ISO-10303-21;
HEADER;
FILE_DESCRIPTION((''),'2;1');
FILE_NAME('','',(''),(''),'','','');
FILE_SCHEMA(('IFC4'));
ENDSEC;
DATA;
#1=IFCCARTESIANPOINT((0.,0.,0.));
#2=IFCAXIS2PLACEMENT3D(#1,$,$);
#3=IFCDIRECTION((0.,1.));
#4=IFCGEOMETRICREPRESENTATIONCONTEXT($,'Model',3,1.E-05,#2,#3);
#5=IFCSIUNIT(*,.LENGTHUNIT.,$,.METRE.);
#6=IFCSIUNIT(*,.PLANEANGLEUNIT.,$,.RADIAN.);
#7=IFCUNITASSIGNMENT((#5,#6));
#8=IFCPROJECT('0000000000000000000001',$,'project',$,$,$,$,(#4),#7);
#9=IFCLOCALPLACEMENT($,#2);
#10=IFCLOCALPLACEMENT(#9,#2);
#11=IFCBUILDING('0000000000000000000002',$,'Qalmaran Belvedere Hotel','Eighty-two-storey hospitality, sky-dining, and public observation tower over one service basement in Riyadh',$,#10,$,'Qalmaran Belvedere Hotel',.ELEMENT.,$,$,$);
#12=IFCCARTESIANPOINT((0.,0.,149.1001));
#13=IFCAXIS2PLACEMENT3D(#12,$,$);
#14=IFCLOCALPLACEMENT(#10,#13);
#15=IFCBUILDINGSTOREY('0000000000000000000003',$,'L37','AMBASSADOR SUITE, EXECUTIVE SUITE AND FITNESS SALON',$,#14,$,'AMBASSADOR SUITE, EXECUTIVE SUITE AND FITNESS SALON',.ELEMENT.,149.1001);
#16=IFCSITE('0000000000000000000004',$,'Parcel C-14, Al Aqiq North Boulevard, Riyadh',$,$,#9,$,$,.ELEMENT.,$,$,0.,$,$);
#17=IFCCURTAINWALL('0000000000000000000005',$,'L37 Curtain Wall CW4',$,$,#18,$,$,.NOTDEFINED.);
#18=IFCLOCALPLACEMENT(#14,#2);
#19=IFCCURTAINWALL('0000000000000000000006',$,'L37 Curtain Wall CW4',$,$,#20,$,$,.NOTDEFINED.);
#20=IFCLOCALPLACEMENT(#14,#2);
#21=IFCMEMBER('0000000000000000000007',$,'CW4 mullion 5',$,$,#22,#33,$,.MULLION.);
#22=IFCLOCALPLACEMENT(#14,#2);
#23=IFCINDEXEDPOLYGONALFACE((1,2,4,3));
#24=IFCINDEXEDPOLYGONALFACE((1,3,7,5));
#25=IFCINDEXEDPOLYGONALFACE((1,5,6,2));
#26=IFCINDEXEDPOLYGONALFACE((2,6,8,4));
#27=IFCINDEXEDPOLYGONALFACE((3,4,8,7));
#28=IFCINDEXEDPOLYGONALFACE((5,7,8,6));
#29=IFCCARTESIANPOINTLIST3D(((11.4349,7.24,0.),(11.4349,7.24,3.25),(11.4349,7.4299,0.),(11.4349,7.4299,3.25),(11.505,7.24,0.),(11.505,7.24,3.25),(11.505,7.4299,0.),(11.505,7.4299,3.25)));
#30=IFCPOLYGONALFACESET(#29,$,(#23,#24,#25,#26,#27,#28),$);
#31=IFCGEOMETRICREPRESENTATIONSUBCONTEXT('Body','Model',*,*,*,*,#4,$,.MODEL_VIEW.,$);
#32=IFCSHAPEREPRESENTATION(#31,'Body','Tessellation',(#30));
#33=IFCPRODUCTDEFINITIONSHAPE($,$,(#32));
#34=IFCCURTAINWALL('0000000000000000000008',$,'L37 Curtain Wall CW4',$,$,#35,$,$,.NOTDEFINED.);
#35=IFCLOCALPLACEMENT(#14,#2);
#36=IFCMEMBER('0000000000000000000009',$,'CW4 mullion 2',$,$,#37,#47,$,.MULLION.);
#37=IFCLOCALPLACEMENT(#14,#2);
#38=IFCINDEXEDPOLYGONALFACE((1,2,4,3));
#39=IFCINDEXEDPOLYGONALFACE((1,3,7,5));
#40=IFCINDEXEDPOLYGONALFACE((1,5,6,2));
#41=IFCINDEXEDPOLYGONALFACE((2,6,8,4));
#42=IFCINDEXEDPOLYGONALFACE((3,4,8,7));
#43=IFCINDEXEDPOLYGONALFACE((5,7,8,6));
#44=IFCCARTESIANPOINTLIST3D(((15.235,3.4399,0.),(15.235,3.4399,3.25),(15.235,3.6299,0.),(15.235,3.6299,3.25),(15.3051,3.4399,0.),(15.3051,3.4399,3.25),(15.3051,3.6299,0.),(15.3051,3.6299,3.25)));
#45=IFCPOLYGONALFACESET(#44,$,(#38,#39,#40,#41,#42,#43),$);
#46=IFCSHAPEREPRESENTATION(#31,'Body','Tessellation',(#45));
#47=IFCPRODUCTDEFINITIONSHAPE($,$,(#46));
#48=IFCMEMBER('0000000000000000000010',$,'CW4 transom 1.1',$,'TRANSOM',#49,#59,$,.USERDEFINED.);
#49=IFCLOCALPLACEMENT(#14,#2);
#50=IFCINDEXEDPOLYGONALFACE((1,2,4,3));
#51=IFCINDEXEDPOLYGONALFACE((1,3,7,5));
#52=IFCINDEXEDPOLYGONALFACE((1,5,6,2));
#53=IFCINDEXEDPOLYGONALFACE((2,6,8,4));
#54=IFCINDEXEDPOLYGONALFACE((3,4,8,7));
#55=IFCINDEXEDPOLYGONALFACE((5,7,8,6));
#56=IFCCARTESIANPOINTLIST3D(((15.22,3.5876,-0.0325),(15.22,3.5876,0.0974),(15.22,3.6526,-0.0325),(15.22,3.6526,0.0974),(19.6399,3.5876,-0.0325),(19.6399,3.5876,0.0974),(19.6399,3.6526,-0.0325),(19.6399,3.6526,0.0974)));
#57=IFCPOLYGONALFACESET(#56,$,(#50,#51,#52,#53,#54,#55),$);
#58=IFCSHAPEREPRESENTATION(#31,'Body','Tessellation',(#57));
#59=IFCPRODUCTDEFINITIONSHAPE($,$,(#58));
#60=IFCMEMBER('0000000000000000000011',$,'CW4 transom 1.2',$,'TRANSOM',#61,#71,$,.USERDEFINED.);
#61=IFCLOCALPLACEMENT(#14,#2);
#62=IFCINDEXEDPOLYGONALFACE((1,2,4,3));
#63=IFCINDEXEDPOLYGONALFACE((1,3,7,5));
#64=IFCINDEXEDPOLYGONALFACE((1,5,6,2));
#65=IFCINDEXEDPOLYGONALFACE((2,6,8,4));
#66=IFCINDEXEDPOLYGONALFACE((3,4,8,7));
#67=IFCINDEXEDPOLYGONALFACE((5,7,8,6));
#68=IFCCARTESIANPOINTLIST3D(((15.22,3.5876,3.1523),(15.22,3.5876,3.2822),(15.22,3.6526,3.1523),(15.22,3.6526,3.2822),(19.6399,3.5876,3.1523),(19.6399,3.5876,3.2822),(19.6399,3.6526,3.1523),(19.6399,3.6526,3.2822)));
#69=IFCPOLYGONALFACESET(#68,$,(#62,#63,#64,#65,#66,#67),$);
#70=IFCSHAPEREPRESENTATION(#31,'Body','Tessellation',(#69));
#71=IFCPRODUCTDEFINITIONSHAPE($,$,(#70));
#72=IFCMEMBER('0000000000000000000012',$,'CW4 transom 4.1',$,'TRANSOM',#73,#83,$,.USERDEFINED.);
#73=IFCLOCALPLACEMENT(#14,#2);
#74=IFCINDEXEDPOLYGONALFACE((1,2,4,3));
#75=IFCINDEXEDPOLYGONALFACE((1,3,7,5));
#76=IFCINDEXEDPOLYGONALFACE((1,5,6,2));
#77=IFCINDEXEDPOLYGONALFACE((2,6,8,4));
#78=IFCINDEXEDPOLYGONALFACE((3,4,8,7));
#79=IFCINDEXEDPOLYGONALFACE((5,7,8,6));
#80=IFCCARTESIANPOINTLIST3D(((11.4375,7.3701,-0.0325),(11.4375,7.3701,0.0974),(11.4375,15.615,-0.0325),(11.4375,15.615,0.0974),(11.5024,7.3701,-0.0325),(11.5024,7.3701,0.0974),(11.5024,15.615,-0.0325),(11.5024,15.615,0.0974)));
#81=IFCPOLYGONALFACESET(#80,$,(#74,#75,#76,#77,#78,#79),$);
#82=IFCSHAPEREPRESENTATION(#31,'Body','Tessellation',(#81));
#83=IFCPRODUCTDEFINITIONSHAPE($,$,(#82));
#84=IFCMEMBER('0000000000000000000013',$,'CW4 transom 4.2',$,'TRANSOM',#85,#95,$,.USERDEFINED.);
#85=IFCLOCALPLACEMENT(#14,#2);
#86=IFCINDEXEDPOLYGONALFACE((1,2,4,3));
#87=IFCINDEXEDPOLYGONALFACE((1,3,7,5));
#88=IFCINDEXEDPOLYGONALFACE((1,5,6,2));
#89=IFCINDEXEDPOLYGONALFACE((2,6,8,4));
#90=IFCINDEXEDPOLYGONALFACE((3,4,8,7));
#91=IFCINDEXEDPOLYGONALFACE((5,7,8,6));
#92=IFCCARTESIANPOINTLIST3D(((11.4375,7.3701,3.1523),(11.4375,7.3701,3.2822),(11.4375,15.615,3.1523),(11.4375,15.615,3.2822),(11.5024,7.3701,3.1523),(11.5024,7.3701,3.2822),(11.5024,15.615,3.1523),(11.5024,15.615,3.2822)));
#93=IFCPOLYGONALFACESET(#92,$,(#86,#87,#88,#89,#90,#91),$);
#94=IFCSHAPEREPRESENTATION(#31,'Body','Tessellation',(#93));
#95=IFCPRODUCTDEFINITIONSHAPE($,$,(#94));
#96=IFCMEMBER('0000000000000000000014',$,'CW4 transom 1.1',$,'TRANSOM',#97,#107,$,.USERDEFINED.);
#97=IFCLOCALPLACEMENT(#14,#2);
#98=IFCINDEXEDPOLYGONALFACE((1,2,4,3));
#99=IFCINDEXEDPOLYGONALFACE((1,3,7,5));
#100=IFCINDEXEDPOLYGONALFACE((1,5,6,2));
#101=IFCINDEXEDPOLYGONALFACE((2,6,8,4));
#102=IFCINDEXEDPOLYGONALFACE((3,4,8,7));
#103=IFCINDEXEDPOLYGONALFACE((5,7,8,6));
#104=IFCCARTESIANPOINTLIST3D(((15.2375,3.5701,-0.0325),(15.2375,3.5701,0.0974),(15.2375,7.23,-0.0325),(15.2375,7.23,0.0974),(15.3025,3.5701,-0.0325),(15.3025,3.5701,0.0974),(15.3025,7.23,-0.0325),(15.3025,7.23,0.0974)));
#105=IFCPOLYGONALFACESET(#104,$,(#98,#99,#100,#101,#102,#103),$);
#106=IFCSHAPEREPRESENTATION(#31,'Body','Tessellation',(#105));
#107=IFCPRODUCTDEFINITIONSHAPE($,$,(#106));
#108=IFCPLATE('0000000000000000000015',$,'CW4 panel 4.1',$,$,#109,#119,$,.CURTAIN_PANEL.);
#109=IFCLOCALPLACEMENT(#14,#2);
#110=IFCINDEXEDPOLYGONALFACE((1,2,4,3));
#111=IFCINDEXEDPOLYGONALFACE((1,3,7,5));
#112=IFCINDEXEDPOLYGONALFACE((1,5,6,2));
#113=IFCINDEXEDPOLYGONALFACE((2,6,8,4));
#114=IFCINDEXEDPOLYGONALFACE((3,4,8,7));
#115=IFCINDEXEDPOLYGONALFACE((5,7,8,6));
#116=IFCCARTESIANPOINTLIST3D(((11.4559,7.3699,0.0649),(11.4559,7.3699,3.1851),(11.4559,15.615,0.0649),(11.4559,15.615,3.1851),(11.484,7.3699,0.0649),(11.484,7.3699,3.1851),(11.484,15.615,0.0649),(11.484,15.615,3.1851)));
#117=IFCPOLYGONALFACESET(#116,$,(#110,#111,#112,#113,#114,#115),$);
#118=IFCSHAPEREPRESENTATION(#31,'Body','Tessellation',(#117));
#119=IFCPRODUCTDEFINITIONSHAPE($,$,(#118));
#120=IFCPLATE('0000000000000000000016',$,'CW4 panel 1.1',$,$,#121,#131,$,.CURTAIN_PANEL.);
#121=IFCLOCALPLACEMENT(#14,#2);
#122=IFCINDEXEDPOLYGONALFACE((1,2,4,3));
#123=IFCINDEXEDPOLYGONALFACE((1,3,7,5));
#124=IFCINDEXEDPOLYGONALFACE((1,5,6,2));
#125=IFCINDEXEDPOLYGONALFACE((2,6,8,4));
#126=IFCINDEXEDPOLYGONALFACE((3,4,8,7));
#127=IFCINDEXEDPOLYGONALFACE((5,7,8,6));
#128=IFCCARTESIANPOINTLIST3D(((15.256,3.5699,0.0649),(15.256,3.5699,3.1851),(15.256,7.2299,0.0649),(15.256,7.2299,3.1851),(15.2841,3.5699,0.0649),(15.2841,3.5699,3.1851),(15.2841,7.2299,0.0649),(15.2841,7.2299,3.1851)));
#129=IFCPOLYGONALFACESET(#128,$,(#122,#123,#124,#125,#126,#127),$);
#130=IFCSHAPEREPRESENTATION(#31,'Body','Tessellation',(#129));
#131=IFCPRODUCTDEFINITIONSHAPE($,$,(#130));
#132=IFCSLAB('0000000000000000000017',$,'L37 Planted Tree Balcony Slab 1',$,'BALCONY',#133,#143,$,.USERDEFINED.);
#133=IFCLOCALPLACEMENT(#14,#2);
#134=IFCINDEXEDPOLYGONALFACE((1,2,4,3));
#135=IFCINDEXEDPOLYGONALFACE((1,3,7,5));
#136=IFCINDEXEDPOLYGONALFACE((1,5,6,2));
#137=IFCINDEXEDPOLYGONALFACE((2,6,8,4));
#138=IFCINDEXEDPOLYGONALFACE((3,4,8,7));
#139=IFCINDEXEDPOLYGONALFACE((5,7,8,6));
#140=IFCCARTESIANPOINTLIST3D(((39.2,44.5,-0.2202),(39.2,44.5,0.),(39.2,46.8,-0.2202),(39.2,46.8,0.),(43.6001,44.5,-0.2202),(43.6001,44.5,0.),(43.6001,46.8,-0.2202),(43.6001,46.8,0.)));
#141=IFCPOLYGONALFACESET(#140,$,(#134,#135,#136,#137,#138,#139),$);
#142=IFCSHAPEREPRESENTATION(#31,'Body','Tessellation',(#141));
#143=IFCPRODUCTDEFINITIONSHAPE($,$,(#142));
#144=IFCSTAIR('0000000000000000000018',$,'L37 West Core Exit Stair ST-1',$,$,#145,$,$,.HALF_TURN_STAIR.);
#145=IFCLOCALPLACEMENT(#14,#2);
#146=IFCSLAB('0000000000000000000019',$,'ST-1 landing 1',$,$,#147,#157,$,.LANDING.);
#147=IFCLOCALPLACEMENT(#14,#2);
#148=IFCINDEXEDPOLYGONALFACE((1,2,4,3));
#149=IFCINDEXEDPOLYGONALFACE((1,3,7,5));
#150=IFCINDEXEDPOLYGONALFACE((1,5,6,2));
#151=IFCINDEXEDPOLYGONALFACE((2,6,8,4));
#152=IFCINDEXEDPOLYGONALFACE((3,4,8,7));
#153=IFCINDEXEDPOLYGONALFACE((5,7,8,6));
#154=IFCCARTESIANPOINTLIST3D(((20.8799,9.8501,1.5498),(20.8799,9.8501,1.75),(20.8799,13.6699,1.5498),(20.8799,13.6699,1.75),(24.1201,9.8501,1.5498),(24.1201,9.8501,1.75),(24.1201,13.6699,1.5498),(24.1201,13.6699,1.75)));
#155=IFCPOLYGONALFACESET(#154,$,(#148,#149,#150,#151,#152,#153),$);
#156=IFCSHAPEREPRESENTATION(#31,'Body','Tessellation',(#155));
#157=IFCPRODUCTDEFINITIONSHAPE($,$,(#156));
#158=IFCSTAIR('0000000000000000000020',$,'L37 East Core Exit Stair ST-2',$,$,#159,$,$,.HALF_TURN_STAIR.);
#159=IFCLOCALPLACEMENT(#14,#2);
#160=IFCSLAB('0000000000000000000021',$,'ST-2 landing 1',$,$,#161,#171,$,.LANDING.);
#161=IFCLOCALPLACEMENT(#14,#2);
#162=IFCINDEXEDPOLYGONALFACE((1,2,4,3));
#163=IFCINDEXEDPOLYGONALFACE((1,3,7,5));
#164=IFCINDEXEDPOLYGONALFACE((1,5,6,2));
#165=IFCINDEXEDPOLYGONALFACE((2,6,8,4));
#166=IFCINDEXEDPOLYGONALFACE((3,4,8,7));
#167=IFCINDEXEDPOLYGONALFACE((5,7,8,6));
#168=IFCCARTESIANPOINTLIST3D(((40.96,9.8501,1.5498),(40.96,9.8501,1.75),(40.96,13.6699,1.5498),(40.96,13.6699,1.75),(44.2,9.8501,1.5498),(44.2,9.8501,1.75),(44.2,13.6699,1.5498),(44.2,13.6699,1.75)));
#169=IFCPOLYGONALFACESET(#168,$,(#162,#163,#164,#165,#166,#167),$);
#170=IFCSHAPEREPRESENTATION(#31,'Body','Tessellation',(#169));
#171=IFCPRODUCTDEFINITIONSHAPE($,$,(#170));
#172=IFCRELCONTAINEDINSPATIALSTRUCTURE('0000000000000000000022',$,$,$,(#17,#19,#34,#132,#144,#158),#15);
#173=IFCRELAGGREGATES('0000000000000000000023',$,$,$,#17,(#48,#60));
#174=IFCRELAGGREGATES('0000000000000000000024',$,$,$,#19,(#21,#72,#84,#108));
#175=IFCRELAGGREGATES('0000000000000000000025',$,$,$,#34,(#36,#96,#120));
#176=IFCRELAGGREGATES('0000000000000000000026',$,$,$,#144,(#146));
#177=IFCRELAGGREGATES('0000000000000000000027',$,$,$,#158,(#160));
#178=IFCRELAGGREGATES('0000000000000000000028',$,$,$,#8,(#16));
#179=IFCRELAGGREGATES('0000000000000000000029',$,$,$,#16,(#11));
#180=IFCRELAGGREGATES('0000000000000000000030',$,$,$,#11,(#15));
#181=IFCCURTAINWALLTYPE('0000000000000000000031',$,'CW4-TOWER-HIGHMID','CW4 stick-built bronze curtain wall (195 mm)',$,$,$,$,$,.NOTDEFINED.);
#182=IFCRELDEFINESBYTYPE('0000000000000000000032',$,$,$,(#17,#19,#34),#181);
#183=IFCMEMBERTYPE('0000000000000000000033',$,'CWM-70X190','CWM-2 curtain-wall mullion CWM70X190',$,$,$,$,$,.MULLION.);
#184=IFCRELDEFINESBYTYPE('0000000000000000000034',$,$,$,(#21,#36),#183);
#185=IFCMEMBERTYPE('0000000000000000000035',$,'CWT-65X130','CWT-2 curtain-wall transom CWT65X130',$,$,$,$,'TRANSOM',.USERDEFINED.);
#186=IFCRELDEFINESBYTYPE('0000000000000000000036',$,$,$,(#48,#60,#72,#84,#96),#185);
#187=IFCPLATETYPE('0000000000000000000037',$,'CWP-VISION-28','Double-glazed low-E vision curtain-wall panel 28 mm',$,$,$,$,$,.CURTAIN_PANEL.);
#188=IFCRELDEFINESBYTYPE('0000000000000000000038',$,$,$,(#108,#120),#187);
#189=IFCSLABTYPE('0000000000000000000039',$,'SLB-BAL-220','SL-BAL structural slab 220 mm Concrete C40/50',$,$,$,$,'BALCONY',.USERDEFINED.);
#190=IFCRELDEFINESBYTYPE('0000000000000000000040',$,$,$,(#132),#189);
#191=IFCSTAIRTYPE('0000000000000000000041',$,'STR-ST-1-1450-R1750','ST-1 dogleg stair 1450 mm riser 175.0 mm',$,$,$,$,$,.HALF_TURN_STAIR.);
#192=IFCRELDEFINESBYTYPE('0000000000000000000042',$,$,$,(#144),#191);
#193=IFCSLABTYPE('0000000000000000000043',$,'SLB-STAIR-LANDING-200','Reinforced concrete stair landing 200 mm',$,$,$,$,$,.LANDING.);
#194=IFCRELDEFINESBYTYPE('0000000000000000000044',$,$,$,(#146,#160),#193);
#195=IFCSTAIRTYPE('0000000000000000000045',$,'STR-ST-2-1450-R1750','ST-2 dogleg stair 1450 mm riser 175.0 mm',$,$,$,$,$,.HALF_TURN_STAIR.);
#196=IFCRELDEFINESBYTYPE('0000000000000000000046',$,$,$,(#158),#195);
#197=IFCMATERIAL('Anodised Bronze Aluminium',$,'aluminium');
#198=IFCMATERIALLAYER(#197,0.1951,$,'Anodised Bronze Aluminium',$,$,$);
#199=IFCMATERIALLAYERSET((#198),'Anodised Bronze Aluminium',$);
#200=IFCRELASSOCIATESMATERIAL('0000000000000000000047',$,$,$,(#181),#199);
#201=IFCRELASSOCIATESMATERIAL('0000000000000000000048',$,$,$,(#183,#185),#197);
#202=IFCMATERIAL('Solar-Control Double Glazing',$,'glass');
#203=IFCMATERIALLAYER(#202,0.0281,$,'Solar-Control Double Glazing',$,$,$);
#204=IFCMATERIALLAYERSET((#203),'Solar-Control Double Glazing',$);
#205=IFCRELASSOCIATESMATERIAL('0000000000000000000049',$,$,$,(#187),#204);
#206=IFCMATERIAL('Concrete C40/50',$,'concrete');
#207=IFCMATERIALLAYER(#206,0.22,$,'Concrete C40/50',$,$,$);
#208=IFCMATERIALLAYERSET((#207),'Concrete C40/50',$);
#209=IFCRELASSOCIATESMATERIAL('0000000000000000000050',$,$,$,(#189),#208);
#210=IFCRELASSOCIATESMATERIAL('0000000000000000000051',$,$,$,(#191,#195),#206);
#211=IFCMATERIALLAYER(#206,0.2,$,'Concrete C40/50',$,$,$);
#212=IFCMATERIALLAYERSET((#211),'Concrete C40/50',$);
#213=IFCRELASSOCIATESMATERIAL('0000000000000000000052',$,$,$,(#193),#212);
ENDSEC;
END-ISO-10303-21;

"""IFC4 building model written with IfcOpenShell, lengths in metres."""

from ifc_helpers import new_model, si_unit, direction, frame, origin, origin_2d, place, context, subcontext, project, spatial, polyline, rectangle, outline, extrude, material, layer, layer_set, material_profile, profile_set, type_object, element, aggregate, save


model = new_model("IFC4")

# Units and contexts
model_context = context("Model", 3, precision=1e-05, world=origin(), true_north=direction((0.0, 1.0)))
body_context = subcontext(model_context, "Body", "Model", "MODEL_VIEW")
ifc_project = project(units=[si_unit("LENGTHUNIT", "METRE"), si_unit("PLANEANGLEUNIT", "RADIAN")], contexts=[model_context])

# Site, building, storey
site_placement = place(None, origin())
site = spatial("IfcSite", under=ifc_project, at=site_placement, Name="Parcel C-14, Al Aqiq North Boulevard, Riyadh", CompositionType="ELEMENT", RefElevation=0.0)
building_placement = place(site_placement, origin())
building = spatial("IfcBuilding", under=site, at=building_placement, Name="Qalmaran Belvedere Hotel", Description="Eighty-two-storey hospitality, sky-dining, and public observation tower over one service basement in Riyadh", LongName="Qalmaran Belvedere Hotel", CompositionType="ELEMENT")
storey_placement = place(building_placement, frame((0.0, 0.0, 149.1001)))
storey = spatial("IfcBuildingStorey", under=building, at=storey_placement, Name="L37", Description="AMBASSADOR SUITE, EXECUTIVE SUITE AND FITNESS SALON", LongName="AMBASSADOR SUITE, EXECUTIVE SUITE AND FITNESS SALON", CompositionType="ELEMENT", Elevation=149.1001)

# Curtain wall
ifc_material_1 = material(Name="Anodised Bronze Aluminium", Category="aluminium")
ifc_layer_1 = layer(ifc_material_1, 0.1951, Name="Anodised Bronze Aluminium")
ifc_layer_set_1 = layer_set([ifc_layer_1], Name="Anodised Bronze Aluminium")
curtain_wall_type = type_object("IfcCurtainWallType", Name="CW4-TOWER-HIGHMID", Description="CW4 stick-built bronze curtain wall (195 mm)", PredefinedType="NOTDEFINED", material=ifc_layer_set_1)
curtain_wall_1_placement = place(storey_placement, origin())
curtain_wall_1 = element("IfcCurtainWall", 1, at=curtain_wall_1_placement, inside=storey, type_object=curtain_wall_type, Name="L37 Curtain Wall CW4", PredefinedType="NOTDEFINED")
ifc_material_profile_1 = material_profile(ifc_material_1, rectangle(XDim=0.0701, YDim=0.1899, at=origin_2d()), Name="CWM70X190")
ifc_profile_set_1 = profile_set([ifc_material_profile_1], Name="Anodised Bronze Aluminium")
member_type_1 = type_object("IfcMemberType", Name="CWM-70X190", Description="CWM-2 curtain-wall mullion CWM70X190", PredefinedType="MULLION", material=ifc_profile_set_1)

# Curtain wall, member
curtain_wall_2_placement = place(storey_placement, origin())
curtain_wall_2 = element("IfcCurtainWall", 2, at=curtain_wall_2_placement, inside=storey, type_object=curtain_wall_type, Name="L37 Curtain Wall CW4", PredefinedType="NOTDEFINED")
member_1_placement = place(storey_placement, frame((11.47, 7.335, 0.0), z_axis=(0.0, 0.0, 1.0), x_axis=(1.0, 0.0, 0.0)))
member_1 = element("IfcMember", 3, at=member_1_placement, type_object=member_type_1, Name="CW4 mullion 5", PredefinedType="MULLION", context=body_context, shape_type="SweptSolid", body=[
    extrude(rectangle(XDim=0.0701, YDim=0.1899, at=origin_2d()), origin(), (0.0, 0.0, 1.0), 3.25),
])

# Curtain wall, member
curtain_wall_3_placement = place(storey_placement, origin())
curtain_wall_3 = element("IfcCurtainWall", 4, at=curtain_wall_3_placement, inside=storey, type_object=curtain_wall_type, Name="L37 Curtain Wall CW4", PredefinedType="NOTDEFINED")
member_2_placement = place(storey_placement, frame((15.27, 3.5349, 0.0), z_axis=(0.0, 0.0, 1.0), x_axis=(1.0, 0.0, 0.0)))
member_2 = element("IfcMember", 5, at=member_2_placement, type_object=member_type_1, Name="CW4 mullion 2", PredefinedType="MULLION", context=body_context, shape_type="SweptSolid", body=[
    extrude(rectangle(XDim=0.0701, YDim=0.1899, at=origin_2d()), origin(), (0.0, 0.0, 1.0), 3.25),
])

# Members
ifc_material_profile_2 = material_profile(ifc_material_1, rectangle(XDim=0.0649, YDim=0.1299, at=origin_2d()), Name="CWT65X130")
ifc_profile_set_2 = profile_set([ifc_material_profile_2], Name="Anodised Bronze Aluminium")
member_type_2 = type_object("IfcMemberType", Name="CWT-65X130", Description="CWT-2 curtain-wall transom CWT65X130", ElementType="TRANSOM", PredefinedType="USERDEFINED", material=ifc_profile_set_2)
member_3_placement = place(storey_placement, frame((15.22, 3.6201, 0.0325), z_axis=(1.0, 0.0, 0.0), x_axis=(0.0, 1.0, 0.0)))
member_3 = element("IfcMember", 6, at=member_3_placement, type_object=member_type_2, Name="CW4 transom 1.1", ObjectType="TRANSOM", PredefinedType="USERDEFINED", context=body_context, shape_type="SweptSolid", body=[
    extrude(rectangle(XDim=0.0649, YDim=0.1299, at=origin_2d()), origin(), (0.0, 0.0, 1.0), 4.4199),
])
member_4_placement = place(storey_placement, frame((15.22, 3.6201, 3.2173), z_axis=(1.0, 0.0, 0.0), x_axis=(0.0, 1.0, 0.0)))
member_4 = element("IfcMember", 7, at=member_4_placement, type_object=member_type_2, Name="CW4 transom 1.2", ObjectType="TRANSOM", PredefinedType="USERDEFINED", context=body_context, shape_type="SweptSolid", body=[
    extrude(rectangle(XDim=0.0649, YDim=0.1299, at=origin_2d()), origin(), (0.0, 0.0, 1.0), 4.4199),
])
aggregate(curtain_wall_1, [member_3, member_4])
member_5_placement = place(storey_placement, frame((11.47, 15.615, 0.0325), z_axis=(0.0, -1.0, 0.0), x_axis=(1.0, 0.0, 0.0)))
member_5 = element("IfcMember", 8, at=member_5_placement, type_object=member_type_2, Name="CW4 transom 4.1", ObjectType="TRANSOM", PredefinedType="USERDEFINED", context=body_context, shape_type="SweptSolid", body=[
    extrude(rectangle(XDim=0.0649, YDim=0.1299, at=origin_2d()), origin(), (0.0, 0.0, 1.0), 8.2449),
])
member_6_placement = place(storey_placement, frame((11.47, 15.615, 3.2173), z_axis=(0.0, -1.0, 0.0), x_axis=(1.0, 0.0, 0.0)))
member_6 = element("IfcMember", 9, at=member_6_placement, type_object=member_type_2, Name="CW4 transom 4.2", ObjectType="TRANSOM", PredefinedType="USERDEFINED", context=body_context, shape_type="SweptSolid", body=[
    extrude(rectangle(XDim=0.0649, YDim=0.1299, at=origin_2d()), origin(), (0.0, 0.0, 1.0), 8.2449),
])
member_7_placement = place(storey_placement, frame((15.27, 7.23, 0.0325), z_axis=(0.0, -1.0, 0.0), x_axis=(1.0, 0.0, 0.0)))
member_7 = element("IfcMember", 10, at=member_7_placement, type_object=member_type_2, Name="CW4 transom 1.1", ObjectType="TRANSOM", PredefinedType="USERDEFINED", context=body_context, shape_type="SweptSolid", body=[
    extrude(rectangle(XDim=0.0649, YDim=0.1299, at=origin_2d()), origin(), (0.0, 0.0, 1.0), 3.6599),
])

# Plates
ifc_material_2 = material(Name="Solar-Control Double Glazing", Category="glass")
ifc_layer_2 = layer(ifc_material_2, 0.0281, Name="Solar-Control Double Glazing")
ifc_layer_set_2 = layer_set([ifc_layer_2], Name="Solar-Control Double Glazing")
plate_type = type_object("IfcPlateType", Name="CWP-VISION-28", Description="Double-glazed low-E vision curtain-wall panel 28 mm", PredefinedType="CURTAIN_PANEL", material=ifc_layer_set_2)
plate_1_placement = place(storey_placement, frame((11.47, 11.4924, 0.0649), z_axis=(0.0, 0.0, 1.0), x_axis=(0.0, -1.0, 0.0)))
plate_1 = element("IfcPlate", 11, at=plate_1_placement, type_object=plate_type, Name="CW4 panel 4.1", PredefinedType="CURTAIN_PANEL", context=body_context, shape_type="SweptSolid", body=[
    extrude(rectangle(XDim=8.2451, YDim=0.0281, at=origin_2d()), origin(), (0.0, 0.0, 1.0), 3.1201),
])
aggregate(curtain_wall_2, [member_1, member_5, member_6, plate_1])
plate_2_placement = place(storey_placement, frame((15.27, 5.3999, 0.0649), z_axis=(0.0, 0.0, 1.0), x_axis=(0.0, -1.0, 0.0)))
plate_2 = element("IfcPlate", 12, at=plate_2_placement, type_object=plate_type, Name="CW4 panel 1.1", PredefinedType="CURTAIN_PANEL", context=body_context, shape_type="SweptSolid", body=[
    extrude(rectangle(XDim=3.6599, YDim=0.0281, at=origin_2d()), origin(), (0.0, 0.0, 1.0), 3.1201),
])
aggregate(curtain_wall_3, [member_2, member_7, plate_2])

# Slab
ifc_material_3 = material(Name="Concrete C40/50", Category="concrete")
ifc_layer_3 = layer(ifc_material_3, 0.22, Name="Concrete C40/50")
ifc_layer_set_3 = layer_set([ifc_layer_3], Name="Concrete C40/50")
slab_type_1 = type_object("IfcSlabType", Name="SLB-BAL-220", Description="SL-BAL structural slab 220 mm Concrete C40/50", ElementType="BALCONY", PredefinedType="USERDEFINED", material=ifc_layer_set_3)
slab_1_placement = place(storey_placement, frame((0.0, 0.0, -0.2202)))
element("IfcSlab", 13, at=slab_1_placement, inside=storey, type_object=slab_type_1, Name="L37 Planted Tree Balcony Slab 1", ObjectType="BALCONY", PredefinedType="USERDEFINED", context=body_context, shape_type="SweptSolid", body=[
    extrude(outline(polyline([(39.2, 44.5), (43.6001, 44.5), (43.6001, 46.8), (39.2, 46.8), (39.2, 44.5)])), origin(), (0.0, 0.0, 1.0), 0.2202),
])

# Stairs, slabs
stair_type_1 = type_object("IfcStairType", Name="STR-ST-1-1450-R1750", Description="ST-1 dogleg stair 1450 mm riser 175.0 mm", PredefinedType="HALF_TURN_STAIR", material=ifc_material_3)
stair_1_placement = place(storey_placement, origin())
stair_1 = element("IfcStair", 14, at=stair_1_placement, inside=storey, type_object=stair_type_1, Name="L37 West Core Exit Stair ST-1", PredefinedType="HALF_TURN_STAIR")
ifc_layer_4 = layer(ifc_material_3, 0.2, Name="Concrete C40/50")
ifc_layer_set_4 = layer_set([ifc_layer_4], Name="Concrete C40/50")
slab_type_2 = type_object("IfcSlabType", Name="SLB-STAIR-LANDING-200", Description="Reinforced concrete stair landing 200 mm", PredefinedType="LANDING", material=ifc_layer_set_4)
slab_2_placement = place(storey_placement, frame((0.0, 0.0, 1.5498)))
slab_2 = element("IfcSlab", 15, at=slab_2_placement, type_object=slab_type_2, Name="ST-1 landing 1", PredefinedType="LANDING", context=body_context, shape_type="SweptSolid", body=[
    extrude(outline(polyline([(20.8799, 13.6699), (20.8799, 9.8501), (24.1201, 9.8501), (24.1201, 13.6699), (20.8799, 13.6699)])), origin(), (0.0, 0.0, 1.0), 0.2002),
])
aggregate(stair_1, [slab_2])
stair_type_2 = type_object("IfcStairType", Name="STR-ST-2-1450-R1750", Description="ST-2 dogleg stair 1450 mm riser 175.0 mm", PredefinedType="HALF_TURN_STAIR", material=ifc_material_3)
stair_2_placement = place(storey_placement, origin())
stair_2 = element("IfcStair", 16, at=stair_2_placement, inside=storey, type_object=stair_type_2, Name="L37 East Core Exit Stair ST-2", PredefinedType="HALF_TURN_STAIR")
slab_3_placement = place(storey_placement, frame((0.0, 0.0, 1.5498)))
slab_3 = element("IfcSlab", 17, at=slab_3_placement, type_object=slab_type_2, Name="ST-2 landing 1", PredefinedType="LANDING", context=body_context, shape_type="SweptSolid", body=[
    extrude(outline(polyline([(40.96, 13.6699), (40.96, 9.8501), (44.2, 9.8501), (44.2, 13.6699), (40.96, 13.6699)])), origin(), (0.0, 0.0, 1.0), 0.2002),
])
aggregate(stair_2, [slab_3])

save(model, "model.ifc")
